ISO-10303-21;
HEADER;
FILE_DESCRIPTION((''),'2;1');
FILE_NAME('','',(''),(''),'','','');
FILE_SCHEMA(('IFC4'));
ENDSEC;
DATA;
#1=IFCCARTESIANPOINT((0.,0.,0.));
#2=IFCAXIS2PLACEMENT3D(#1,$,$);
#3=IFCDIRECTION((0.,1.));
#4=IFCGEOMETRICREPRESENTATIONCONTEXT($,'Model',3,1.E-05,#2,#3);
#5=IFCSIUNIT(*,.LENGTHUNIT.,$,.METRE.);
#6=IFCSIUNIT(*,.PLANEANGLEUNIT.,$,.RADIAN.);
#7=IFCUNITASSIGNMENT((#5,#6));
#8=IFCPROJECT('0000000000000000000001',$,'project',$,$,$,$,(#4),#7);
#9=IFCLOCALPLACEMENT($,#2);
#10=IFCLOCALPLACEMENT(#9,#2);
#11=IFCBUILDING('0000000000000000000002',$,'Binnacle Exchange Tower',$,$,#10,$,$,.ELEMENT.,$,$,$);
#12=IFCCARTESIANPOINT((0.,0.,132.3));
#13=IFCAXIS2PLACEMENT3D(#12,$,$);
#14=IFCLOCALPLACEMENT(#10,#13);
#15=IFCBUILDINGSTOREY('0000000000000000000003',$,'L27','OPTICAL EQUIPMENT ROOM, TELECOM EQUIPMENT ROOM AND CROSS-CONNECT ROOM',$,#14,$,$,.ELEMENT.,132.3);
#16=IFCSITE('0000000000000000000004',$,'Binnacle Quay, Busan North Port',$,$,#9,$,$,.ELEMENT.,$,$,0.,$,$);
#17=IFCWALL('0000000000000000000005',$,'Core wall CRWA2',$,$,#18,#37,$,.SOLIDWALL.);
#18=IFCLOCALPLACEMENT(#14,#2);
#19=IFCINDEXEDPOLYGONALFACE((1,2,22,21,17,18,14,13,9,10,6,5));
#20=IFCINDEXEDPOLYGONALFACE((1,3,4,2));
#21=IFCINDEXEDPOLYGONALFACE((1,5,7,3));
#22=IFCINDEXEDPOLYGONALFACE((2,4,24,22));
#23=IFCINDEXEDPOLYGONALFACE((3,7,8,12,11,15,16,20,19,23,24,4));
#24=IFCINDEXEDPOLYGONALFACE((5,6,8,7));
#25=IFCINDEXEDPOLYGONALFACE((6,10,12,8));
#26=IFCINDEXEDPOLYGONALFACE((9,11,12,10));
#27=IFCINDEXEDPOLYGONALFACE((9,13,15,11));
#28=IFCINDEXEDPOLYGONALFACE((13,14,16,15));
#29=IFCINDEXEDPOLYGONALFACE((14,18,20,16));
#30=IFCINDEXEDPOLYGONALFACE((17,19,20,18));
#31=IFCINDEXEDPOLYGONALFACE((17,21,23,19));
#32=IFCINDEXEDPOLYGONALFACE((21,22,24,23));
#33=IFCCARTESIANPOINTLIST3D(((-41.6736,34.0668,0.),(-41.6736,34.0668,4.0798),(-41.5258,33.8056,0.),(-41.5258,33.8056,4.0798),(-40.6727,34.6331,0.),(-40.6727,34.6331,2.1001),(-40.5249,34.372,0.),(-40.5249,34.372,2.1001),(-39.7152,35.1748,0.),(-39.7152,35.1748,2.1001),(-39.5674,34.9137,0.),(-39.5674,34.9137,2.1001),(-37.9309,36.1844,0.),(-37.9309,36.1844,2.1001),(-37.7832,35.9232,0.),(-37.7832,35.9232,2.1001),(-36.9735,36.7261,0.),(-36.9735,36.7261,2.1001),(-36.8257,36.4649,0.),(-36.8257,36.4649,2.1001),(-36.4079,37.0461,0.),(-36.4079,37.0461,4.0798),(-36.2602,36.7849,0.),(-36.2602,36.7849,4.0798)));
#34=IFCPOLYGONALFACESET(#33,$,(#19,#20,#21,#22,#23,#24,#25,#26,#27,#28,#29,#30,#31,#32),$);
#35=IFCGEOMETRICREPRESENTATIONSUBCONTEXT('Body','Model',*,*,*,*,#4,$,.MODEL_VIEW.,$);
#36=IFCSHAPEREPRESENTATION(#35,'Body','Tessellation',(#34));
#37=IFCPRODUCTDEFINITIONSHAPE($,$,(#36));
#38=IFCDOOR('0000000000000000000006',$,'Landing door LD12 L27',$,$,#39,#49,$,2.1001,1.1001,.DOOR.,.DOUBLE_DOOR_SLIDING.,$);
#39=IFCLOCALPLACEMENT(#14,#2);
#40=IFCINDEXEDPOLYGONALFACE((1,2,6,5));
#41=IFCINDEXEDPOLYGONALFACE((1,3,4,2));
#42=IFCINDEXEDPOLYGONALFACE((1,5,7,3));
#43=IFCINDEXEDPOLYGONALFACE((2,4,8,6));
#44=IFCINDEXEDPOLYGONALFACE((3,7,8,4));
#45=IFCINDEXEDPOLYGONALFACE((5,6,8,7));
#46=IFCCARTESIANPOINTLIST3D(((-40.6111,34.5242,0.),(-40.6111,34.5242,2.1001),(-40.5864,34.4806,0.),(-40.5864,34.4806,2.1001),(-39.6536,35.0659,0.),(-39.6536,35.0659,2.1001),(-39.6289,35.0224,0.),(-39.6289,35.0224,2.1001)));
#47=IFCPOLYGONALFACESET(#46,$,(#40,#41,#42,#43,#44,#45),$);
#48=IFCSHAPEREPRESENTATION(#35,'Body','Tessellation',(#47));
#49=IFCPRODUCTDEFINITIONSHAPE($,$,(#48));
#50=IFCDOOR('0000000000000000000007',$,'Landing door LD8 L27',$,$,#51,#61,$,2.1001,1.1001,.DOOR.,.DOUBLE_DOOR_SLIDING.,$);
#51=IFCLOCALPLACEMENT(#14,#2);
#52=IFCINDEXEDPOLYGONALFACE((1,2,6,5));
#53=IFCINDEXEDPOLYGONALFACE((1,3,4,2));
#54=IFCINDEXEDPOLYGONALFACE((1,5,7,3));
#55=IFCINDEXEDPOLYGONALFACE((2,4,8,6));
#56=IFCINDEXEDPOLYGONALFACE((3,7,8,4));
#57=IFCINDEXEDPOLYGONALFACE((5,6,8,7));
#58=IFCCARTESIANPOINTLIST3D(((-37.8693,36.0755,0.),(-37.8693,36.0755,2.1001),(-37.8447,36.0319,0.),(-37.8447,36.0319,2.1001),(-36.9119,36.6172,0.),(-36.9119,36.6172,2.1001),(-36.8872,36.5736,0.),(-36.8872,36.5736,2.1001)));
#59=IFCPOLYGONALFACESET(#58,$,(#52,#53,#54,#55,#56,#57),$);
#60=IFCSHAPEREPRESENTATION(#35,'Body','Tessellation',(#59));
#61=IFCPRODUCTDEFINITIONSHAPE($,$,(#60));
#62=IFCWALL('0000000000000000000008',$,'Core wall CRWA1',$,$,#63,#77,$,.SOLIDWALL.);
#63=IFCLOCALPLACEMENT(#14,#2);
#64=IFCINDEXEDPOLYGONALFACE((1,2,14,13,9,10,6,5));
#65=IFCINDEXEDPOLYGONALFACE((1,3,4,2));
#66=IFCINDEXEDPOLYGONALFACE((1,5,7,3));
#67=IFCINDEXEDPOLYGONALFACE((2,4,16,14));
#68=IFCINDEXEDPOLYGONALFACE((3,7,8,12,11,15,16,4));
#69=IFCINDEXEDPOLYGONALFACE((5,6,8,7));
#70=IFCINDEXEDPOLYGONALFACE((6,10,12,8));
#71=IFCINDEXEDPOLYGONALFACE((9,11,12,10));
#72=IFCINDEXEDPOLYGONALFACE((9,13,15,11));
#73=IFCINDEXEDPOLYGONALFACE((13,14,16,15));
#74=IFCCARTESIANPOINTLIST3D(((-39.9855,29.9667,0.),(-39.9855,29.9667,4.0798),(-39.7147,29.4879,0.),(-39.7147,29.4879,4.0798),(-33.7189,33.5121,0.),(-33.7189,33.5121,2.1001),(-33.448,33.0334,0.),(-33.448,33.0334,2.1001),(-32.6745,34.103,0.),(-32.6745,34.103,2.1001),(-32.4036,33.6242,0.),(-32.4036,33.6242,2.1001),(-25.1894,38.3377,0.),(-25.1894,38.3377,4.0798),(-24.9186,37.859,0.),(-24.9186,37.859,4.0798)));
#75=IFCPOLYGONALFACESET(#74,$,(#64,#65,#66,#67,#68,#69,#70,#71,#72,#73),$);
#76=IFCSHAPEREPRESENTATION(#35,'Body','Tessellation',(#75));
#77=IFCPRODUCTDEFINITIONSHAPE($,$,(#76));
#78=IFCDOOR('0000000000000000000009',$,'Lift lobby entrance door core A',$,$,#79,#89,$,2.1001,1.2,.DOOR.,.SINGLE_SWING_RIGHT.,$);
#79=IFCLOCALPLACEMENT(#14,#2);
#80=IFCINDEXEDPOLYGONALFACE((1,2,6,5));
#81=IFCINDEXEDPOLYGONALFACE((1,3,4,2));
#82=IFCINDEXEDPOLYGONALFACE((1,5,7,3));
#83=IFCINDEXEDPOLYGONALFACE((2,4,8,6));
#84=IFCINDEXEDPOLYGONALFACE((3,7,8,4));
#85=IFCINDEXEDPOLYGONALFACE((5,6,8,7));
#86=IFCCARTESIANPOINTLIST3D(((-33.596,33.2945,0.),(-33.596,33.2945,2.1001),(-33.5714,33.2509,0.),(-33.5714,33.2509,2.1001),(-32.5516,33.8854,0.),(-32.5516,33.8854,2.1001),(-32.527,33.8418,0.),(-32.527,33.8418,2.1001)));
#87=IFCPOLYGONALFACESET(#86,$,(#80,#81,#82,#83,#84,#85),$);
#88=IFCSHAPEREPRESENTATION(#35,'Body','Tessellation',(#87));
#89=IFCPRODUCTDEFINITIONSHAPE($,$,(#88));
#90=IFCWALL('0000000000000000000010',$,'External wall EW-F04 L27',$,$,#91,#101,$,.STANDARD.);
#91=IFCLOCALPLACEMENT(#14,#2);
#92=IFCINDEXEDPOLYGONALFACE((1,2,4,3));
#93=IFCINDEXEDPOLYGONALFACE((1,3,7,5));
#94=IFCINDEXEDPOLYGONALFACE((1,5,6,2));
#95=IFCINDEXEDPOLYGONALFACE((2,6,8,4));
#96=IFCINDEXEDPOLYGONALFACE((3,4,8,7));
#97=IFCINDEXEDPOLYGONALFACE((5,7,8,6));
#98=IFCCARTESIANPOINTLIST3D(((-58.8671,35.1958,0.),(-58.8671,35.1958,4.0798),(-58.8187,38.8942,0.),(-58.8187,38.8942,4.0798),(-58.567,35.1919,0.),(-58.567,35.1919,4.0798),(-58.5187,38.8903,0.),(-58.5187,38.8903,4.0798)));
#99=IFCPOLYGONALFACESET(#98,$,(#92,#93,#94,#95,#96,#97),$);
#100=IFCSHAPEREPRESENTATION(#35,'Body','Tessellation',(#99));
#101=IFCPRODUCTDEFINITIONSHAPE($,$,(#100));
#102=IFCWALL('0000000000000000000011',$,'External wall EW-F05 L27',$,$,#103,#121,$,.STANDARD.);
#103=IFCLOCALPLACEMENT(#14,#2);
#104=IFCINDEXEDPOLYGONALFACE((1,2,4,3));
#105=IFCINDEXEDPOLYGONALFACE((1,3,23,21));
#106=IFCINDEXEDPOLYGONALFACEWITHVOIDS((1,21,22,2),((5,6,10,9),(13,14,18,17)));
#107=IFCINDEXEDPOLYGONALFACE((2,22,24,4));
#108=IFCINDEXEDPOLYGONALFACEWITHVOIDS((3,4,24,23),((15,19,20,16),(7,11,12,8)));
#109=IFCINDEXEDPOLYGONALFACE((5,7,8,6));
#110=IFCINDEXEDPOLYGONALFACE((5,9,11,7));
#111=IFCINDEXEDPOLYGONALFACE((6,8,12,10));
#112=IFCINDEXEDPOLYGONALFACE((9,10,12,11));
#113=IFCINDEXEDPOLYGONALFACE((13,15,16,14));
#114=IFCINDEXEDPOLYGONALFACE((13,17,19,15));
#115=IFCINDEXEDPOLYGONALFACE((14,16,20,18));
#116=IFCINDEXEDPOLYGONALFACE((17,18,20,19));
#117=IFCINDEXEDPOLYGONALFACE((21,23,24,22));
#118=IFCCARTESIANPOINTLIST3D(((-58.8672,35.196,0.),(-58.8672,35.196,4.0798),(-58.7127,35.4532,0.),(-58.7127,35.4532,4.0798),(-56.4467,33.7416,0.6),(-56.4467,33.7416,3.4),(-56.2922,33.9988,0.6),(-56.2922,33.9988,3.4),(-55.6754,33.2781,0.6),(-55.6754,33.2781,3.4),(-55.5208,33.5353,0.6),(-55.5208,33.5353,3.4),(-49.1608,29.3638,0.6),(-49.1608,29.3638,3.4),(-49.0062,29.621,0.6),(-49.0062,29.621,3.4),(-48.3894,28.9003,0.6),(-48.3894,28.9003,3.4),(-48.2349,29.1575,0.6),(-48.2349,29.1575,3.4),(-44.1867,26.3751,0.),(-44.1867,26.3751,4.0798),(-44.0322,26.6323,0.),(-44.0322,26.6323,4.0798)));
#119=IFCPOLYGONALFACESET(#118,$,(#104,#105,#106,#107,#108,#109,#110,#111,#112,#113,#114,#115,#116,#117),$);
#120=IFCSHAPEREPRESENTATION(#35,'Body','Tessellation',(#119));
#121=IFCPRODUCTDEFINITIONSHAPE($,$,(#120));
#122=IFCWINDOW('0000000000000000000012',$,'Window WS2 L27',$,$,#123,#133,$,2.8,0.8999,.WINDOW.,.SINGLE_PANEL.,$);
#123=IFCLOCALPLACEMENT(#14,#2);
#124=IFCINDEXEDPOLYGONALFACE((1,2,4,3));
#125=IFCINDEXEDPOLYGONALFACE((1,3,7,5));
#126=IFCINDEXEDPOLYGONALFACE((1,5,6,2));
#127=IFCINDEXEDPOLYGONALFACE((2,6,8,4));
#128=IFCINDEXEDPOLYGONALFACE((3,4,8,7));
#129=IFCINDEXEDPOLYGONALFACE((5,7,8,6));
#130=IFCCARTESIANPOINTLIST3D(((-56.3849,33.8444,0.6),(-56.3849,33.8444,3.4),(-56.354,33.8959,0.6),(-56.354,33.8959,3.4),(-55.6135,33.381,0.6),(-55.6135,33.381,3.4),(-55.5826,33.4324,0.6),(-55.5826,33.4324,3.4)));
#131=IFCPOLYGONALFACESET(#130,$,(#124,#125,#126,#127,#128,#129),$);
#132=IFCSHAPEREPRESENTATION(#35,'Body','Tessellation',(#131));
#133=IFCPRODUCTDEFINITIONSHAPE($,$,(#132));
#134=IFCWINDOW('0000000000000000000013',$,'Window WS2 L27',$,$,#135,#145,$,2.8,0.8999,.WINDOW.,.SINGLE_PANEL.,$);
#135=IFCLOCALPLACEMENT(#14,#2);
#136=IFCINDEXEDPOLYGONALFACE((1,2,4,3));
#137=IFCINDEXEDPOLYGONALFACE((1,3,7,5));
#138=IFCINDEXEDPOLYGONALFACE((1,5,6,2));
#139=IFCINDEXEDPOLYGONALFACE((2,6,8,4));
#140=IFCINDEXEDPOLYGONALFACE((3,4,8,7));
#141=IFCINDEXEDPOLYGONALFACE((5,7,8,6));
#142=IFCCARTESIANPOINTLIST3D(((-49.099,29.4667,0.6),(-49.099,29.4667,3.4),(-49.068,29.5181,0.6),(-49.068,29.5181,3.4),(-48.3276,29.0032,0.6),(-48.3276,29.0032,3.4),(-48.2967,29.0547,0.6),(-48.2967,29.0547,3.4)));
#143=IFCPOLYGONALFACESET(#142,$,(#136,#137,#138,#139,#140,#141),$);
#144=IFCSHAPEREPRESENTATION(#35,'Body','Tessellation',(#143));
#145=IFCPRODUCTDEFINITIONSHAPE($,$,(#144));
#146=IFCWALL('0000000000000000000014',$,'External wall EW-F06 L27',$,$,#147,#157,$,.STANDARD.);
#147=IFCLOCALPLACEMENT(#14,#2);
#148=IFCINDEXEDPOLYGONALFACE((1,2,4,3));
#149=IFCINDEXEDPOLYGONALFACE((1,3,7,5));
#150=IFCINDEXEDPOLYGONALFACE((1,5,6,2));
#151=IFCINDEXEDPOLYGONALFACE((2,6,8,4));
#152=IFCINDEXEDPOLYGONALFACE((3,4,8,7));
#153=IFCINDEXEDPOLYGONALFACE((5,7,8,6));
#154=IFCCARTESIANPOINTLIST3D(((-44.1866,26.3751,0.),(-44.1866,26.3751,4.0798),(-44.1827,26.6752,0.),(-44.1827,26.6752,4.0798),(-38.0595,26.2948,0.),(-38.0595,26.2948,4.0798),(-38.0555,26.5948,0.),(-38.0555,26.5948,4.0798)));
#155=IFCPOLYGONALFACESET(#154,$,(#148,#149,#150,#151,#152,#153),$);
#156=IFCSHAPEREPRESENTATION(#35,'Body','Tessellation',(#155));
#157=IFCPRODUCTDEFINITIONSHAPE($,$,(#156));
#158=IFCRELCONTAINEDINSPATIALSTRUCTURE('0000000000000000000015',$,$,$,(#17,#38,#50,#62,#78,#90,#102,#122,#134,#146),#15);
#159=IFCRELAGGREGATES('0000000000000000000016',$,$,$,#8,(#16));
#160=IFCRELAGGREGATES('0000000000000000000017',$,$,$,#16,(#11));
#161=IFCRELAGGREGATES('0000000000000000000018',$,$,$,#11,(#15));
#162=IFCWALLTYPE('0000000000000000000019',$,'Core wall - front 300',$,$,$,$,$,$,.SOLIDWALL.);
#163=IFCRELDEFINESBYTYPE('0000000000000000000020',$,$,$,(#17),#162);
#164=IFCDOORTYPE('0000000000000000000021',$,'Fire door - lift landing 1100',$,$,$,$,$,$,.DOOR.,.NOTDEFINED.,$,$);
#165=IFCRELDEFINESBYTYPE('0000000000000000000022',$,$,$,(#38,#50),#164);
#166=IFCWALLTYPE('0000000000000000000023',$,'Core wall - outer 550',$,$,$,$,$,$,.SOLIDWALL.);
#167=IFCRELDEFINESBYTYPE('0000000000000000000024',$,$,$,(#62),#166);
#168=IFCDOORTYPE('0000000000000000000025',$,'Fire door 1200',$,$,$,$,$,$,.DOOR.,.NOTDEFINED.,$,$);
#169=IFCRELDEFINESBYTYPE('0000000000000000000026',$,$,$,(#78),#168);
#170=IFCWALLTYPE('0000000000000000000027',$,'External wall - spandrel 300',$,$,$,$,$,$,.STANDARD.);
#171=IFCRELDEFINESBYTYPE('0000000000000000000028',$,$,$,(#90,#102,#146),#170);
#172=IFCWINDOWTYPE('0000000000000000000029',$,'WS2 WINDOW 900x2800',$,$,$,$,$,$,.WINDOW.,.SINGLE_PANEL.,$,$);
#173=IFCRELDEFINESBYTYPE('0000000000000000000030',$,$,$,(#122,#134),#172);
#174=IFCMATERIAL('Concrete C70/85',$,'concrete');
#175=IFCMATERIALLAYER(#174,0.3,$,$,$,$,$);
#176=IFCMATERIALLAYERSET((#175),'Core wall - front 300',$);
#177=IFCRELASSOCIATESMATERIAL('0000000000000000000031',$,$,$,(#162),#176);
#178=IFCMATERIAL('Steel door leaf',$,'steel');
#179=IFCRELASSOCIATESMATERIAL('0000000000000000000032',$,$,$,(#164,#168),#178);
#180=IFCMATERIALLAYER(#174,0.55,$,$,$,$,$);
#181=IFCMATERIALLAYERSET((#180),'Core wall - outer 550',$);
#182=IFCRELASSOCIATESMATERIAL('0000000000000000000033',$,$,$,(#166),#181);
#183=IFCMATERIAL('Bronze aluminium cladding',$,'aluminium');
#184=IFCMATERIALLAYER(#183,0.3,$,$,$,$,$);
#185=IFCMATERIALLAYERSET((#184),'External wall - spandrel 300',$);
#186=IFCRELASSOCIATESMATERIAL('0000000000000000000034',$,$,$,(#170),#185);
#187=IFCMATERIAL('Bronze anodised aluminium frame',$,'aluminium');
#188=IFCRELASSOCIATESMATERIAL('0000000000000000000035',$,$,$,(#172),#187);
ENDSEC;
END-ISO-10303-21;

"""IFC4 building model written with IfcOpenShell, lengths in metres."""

from ifc_helpers import new_model, si_unit, direction, frame, frame_2d, origin, place, context, subcontext, project, spatial, rectangle, extrude, material, layer, layer_set, type_object, element, fill, save


model = new_model("IFC4")

# Units and contexts
model_context = context("Model", 3, precision=1e-05, world=origin(), true_north=direction((0.0, 1.0)))
body_context = subcontext(model_context, "Body", "Model", "MODEL_VIEW")
ifc_project = project(units=[si_unit("LENGTHUNIT", "METRE"), si_unit("PLANEANGLEUNIT", "RADIAN")], contexts=[model_context])

# Site, building, storey
site_placement = place(None, origin())
site = spatial("IfcSite", under=ifc_project, at=site_placement, Name="Binnacle Quay, Busan North Port", CompositionType="ELEMENT", RefElevation=0.0)
building_placement = place(site_placement, origin())
building = spatial("IfcBuilding", under=site, at=building_placement, Name="Binnacle Exchange Tower", CompositionType="ELEMENT")
storey_placement = place(building_placement, frame((0.0, 0.0, 132.3)))
storey = spatial("IfcBuildingStorey", under=building, at=storey_placement, Name="L27", Description="OPTICAL EQUIPMENT ROOM, TELECOM EQUIPMENT ROOM AND CROSS-CONNECT ROOM", CompositionType="ELEMENT", Elevation=132.3)

# Shared definitions
ifc_material_1 = material(Name="Concrete C70/85", Category="concrete")

# Wall, openings, doors
ifc_layer_1 = layer(ifc_material_1, 0.3)
ifc_layer_set_1 = layer_set([ifc_layer_1], Name="Core wall - front 300")
wall_type_1 = type_object("IfcWallType", Name="Core wall - front 300", PredefinedType="SOLIDWALL", material=ifc_layer_set_1)
wall_1_placement = place(storey_placement, frame((-41.5996, 33.9363, 0.0), z_axis=(0.0, 0.0, 1.0), x_axis=(0.870349, 0.492436, 0.0)))
wall_1 = element("IfcWall", 1, at=wall_1_placement, inside=storey, type_object=wall_type_1, Name="Core wall CRWA2", PredefinedType="SOLIDWALL", context=body_context, shape_type="SweptSolid", body=[
    extrude(rectangle(XDim=6.05, YDim=0.3, at=frame_2d((3.0249, 0.0))), origin(), (0.0, 0.0, 1.0), 4.0798),
])
opening_1_placement = place(wall_1_placement, frame((1.1499, 0.0, 0.0)))
opening_1 = element("IfcOpeningElement", 2, at=opening_1_placement, cuts=wall_1, PredefinedType="OPENING", context=body_context, shape_type="SweptSolid", body=[
    extrude(rectangle(XDim=1.1001, YDim=2.1001, at=frame_2d((0.55, 1.05))), frame((0.0, 0.1599, 0.0), z_axis=(0.0, -1.0, 0.0), x_axis=(1.0, 0.0, 0.0)), (0.0, 0.0, 1.0), 0.3201),
])
opening_2_placement = place(wall_1_placement, frame((4.3, 0.0, 0.0)))
opening_2 = element("IfcOpeningElement", 3, at=opening_2_placement, cuts=wall_1, PredefinedType="OPENING", context=body_context, shape_type="SweptSolid", body=[
    extrude(rectangle(XDim=1.1001, YDim=2.1001, at=frame_2d((0.55, 1.05))), frame((0.0, 0.1599, 0.0), z_axis=(0.0, -1.0, 0.0), x_axis=(1.0, 0.0, 0.0)), (0.0, 0.0, 1.0), 0.3201),
])
ifc_material_2 = material(Name="Steel door leaf", Category="steel")
door_type_1 = type_object("IfcDoorType", Name="Fire door - lift landing 1100", OperationType="NOTDEFINED", PredefinedType="DOOR", material=ifc_material_2)
door_1_placement = place(opening_1_placement, origin())
door_1 = element("IfcDoor", 4, at=door_1_placement, inside=storey, type_object=door_type_1, Name="Landing door LD12 L27", OperationType="DOUBLE_DOOR_SLIDING", OverallHeight=2.1001, OverallWidth=1.1001, PredefinedType="DOOR", context=body_context, shape_type="SweptSolid", body=[
    extrude(rectangle(XDim=1.1001, YDim=2.1001, at=frame_2d((0.55, 1.05))), frame((0.0, 0.0249, 0.0), z_axis=(0.0, -1.0, 0.0), x_axis=(1.0, 0.0, 0.0)), (0.0, 0.0, 1.0), 0.05),
])
fill(opening_1, door_1)
door_2_placement = place(opening_2_placement, origin())
door_2 = element("IfcDoor", 5, at=door_2_placement, inside=storey, type_object=door_type_1, Name="Landing door LD8 L27", OperationType="DOUBLE_DOOR_SLIDING", OverallHeight=2.1001, OverallWidth=1.1001, PredefinedType="DOOR", context=body_context, shape_type="SweptSolid", body=[
    extrude(rectangle(XDim=1.1001, YDim=2.1001, at=frame_2d((0.55, 1.05))), frame((0.0, 0.0249, 0.0), z_axis=(0.0, -1.0, 0.0), x_axis=(1.0, 0.0, 0.0)), (0.0, 0.0, 1.0), 0.05),
])
fill(opening_2, door_2)

# Wall, opening, door
ifc_layer_2 = layer(ifc_material_1, 0.55)
ifc_layer_set_2 = layer_set([ifc_layer_2], Name="Core wall - outer 550")
wall_type_2 = type_object("IfcWallType", Name="Core wall - outer 550", PredefinedType="SOLIDWALL", material=ifc_layer_set_2)
wall_2_placement = place(storey_placement, frame((-39.8501, 29.7273, 0.0), z_axis=(0.0, 0.0, 1.0), x_axis=(0.87036, 0.492416, 0.0)))
wall_2 = element("IfcWall", 6, at=wall_2_placement, inside=storey, type_object=wall_type_2, Name="Core wall CRWA1", PredefinedType="SOLIDWALL", context=body_context, shape_type="SweptSolid", body=[
    extrude(rectangle(XDim=17.0, YDim=0.55, at=frame_2d((8.5, 0.0))), origin(), (0.0, 0.0, 1.0), 4.0798),
])
opening_3_placement = place(wall_2_placement, frame((7.2, 0.0, 0.0)))
opening_3 = element("IfcOpeningElement", 7, at=opening_3_placement, cuts=wall_2, PredefinedType="OPENING", context=body_context, shape_type="SweptSolid", body=[
    extrude(rectangle(XDim=1.2, YDim=2.1001, at=frame_2d((0.6001, 1.05))), frame((0.0, 0.2849, 0.0), z_axis=(0.0, -1.0, 0.0), x_axis=(1.0, 0.0, 0.0)), (0.0, 0.0, 1.0), 0.5701),
])
door_type_2 = type_object("IfcDoorType", Name="Fire door 1200", OperationType="NOTDEFINED", PredefinedType="DOOR", material=ifc_material_2)
door_3_placement = place(opening_3_placement, frame((1.2, 0.0, 0.0), z_axis=(0.0, 0.0, 1.0), x_axis=(-1.0, 0.0, 0.0)))
door_3 = element("IfcDoor", 8, at=door_3_placement, inside=storey, type_object=door_type_2, Name="Lift lobby entrance door core A", OperationType="SINGLE_SWING_RIGHT", OverallHeight=2.1001, OverallWidth=1.2, PredefinedType="DOOR", context=body_context, shape_type="SweptSolid", body=[
    extrude(rectangle(XDim=1.2, YDim=2.1001, at=frame_2d((0.6001, 1.05))), frame((0.0, 0.0249, 0.0), z_axis=(0.0, -1.0, 0.0), x_axis=(1.0, 0.0, 0.0)), (0.0, 0.0, 1.0), 0.05),
])
fill(opening_3, door_3)

# Wall
ifc_material_3 = material(Name="Bronze aluminium cladding", Category="aluminium")
ifc_layer_3 = layer(ifc_material_3, 0.3)
ifc_layer_set_3 = layer_set([ifc_layer_3], Name="External wall - spandrel 300")
wall_type_3 = type_object("IfcWallType", Name="External wall - spandrel 300", PredefinedType="STANDARD", material=ifc_layer_set_3)
wall_3_placement = place(storey_placement, frame((-58.717, 35.1938, 0.0), z_axis=(0.0, 0.0, 1.0), x_axis=(0.013069, 0.999915, 0.0)))
element("IfcWall", 9, at=wall_3_placement, inside=storey, type_object=wall_type_3, Name="External wall EW-F04 L27", PredefinedType="STANDARD", context=body_context, shape_type="SweptSolid", body=[
    extrude(rectangle(XDim=3.6987, YDim=0.3, at=frame_2d((1.8494, 0.0))), origin(), (0.0, 0.0, 1.0), 4.0798),
])

# Wall, openings, windows
wall_4_placement = place(storey_placement, frame((-44.1094, 26.5037, 0.0), z_axis=(0.0, 0.0, 1.0), x_axis=(-0.85717, 0.515034, 0.0)))
wall_4 = element("IfcWall", 10, at=wall_4_placement, inside=storey, type_object=wall_type_3, Name="External wall EW-F05 L27", PredefinedType="STANDARD", context=body_context, shape_type="SweptSolid", body=[
    extrude(rectangle(XDim=17.1267, YDim=0.3, at=frame_2d((8.5635, 0.0))), origin(), (0.0, 0.0, 1.0), 4.0798),
])
opening_4_placement = place(wall_4_placement, frame((13.4031, 0.0, 0.6001)))
opening_4 = element("IfcOpeningElement", 11, at=opening_4_placement, cuts=wall_4, PredefinedType="OPENING", context=body_context, shape_type="SweptSolid", body=[
    extrude(rectangle(XDim=0.8999, YDim=2.8, at=frame_2d((0.45, 1.3999))), frame((0.0, 0.1599, 0.0), z_axis=(0.0, -1.0, 0.0), x_axis=(1.0, 0.0, 0.0)), (0.0, 0.0, 1.0), 0.3201),
])
opening_5_placement = place(wall_4_placement, frame((4.9031, 0.0, 0.6001)))
opening_5 = element("IfcOpeningElement", 12, at=opening_5_placement, cuts=wall_4, PredefinedType="OPENING", context=body_context, shape_type="SweptSolid", body=[
    extrude(rectangle(XDim=0.8999, YDim=2.8, at=frame_2d((0.45, 1.3999))), frame((0.0, 0.1599, 0.0), z_axis=(0.0, -1.0, 0.0), x_axis=(1.0, 0.0, 0.0)), (0.0, 0.0, 1.0), 0.3201),
])
ifc_material_4 = material(Name="Bronze anodised aluminium frame", Category="aluminium")
window_type = type_object("IfcWindowType", Name="WS2 WINDOW 900x2800", PartitioningType="SINGLE_PANEL", PredefinedType="WINDOW", material=ifc_material_4)
window_1_placement = place(opening_4_placement, origin())
window_1 = element("IfcWindow", 13, at=window_1_placement, inside=storey, type_object=window_type, Name="Window WS2 L27", OverallHeight=2.8, OverallWidth=0.8999, PartitioningType="SINGLE_PANEL", PredefinedType="WINDOW", context=body_context, shape_type="SweptSolid", body=[
    extrude(rectangle(XDim=0.8999, YDim=2.8, at=frame_2d((0.45, 1.3999))), frame((0.0, 0.03, 0.0), z_axis=(0.0, -1.0, 0.0), x_axis=(1.0, 0.0, 0.0)), (0.0, 0.0, 1.0), 0.0601),
])
fill(opening_4, window_1)
window_2_placement = place(opening_5_placement, origin())
window_2 = element("IfcWindow", 14, at=window_2_placement, inside=storey, type_object=window_type, Name="Window WS2 L27", OverallHeight=2.8, OverallWidth=0.8999, PartitioningType="SINGLE_PANEL", PredefinedType="WINDOW", context=body_context, shape_type="SweptSolid", body=[
    extrude(rectangle(XDim=0.8999, YDim=2.8, at=frame_2d((0.45, 1.3999))), frame((0.0, 0.03, 0.0), z_axis=(0.0, -1.0, 0.0), x_axis=(1.0, 0.0, 0.0)), (0.0, 0.0, 1.0), 0.0601),
])
fill(opening_5, window_2)

# Wall
wall_5_placement = place(storey_placement, frame((-38.0574, 26.4448, 0.0), z_axis=(0.0, 0.0, 1.0), x_axis=(-0.999914, 0.013108, 0.0)))
element("IfcWall", 15, at=wall_5_placement, inside=storey, type_object=wall_type_3, Name="External wall EW-F06 L27", PredefinedType="STANDARD", context=body_context, shape_type="SweptSolid", body=[
    extrude(rectangle(XDim=6.1277, YDim=0.3, at=frame_2d((3.064, 0.0))), origin(), (0.0, 0.0, 1.0), 4.0798),
])

save(model, "model.ifc")
